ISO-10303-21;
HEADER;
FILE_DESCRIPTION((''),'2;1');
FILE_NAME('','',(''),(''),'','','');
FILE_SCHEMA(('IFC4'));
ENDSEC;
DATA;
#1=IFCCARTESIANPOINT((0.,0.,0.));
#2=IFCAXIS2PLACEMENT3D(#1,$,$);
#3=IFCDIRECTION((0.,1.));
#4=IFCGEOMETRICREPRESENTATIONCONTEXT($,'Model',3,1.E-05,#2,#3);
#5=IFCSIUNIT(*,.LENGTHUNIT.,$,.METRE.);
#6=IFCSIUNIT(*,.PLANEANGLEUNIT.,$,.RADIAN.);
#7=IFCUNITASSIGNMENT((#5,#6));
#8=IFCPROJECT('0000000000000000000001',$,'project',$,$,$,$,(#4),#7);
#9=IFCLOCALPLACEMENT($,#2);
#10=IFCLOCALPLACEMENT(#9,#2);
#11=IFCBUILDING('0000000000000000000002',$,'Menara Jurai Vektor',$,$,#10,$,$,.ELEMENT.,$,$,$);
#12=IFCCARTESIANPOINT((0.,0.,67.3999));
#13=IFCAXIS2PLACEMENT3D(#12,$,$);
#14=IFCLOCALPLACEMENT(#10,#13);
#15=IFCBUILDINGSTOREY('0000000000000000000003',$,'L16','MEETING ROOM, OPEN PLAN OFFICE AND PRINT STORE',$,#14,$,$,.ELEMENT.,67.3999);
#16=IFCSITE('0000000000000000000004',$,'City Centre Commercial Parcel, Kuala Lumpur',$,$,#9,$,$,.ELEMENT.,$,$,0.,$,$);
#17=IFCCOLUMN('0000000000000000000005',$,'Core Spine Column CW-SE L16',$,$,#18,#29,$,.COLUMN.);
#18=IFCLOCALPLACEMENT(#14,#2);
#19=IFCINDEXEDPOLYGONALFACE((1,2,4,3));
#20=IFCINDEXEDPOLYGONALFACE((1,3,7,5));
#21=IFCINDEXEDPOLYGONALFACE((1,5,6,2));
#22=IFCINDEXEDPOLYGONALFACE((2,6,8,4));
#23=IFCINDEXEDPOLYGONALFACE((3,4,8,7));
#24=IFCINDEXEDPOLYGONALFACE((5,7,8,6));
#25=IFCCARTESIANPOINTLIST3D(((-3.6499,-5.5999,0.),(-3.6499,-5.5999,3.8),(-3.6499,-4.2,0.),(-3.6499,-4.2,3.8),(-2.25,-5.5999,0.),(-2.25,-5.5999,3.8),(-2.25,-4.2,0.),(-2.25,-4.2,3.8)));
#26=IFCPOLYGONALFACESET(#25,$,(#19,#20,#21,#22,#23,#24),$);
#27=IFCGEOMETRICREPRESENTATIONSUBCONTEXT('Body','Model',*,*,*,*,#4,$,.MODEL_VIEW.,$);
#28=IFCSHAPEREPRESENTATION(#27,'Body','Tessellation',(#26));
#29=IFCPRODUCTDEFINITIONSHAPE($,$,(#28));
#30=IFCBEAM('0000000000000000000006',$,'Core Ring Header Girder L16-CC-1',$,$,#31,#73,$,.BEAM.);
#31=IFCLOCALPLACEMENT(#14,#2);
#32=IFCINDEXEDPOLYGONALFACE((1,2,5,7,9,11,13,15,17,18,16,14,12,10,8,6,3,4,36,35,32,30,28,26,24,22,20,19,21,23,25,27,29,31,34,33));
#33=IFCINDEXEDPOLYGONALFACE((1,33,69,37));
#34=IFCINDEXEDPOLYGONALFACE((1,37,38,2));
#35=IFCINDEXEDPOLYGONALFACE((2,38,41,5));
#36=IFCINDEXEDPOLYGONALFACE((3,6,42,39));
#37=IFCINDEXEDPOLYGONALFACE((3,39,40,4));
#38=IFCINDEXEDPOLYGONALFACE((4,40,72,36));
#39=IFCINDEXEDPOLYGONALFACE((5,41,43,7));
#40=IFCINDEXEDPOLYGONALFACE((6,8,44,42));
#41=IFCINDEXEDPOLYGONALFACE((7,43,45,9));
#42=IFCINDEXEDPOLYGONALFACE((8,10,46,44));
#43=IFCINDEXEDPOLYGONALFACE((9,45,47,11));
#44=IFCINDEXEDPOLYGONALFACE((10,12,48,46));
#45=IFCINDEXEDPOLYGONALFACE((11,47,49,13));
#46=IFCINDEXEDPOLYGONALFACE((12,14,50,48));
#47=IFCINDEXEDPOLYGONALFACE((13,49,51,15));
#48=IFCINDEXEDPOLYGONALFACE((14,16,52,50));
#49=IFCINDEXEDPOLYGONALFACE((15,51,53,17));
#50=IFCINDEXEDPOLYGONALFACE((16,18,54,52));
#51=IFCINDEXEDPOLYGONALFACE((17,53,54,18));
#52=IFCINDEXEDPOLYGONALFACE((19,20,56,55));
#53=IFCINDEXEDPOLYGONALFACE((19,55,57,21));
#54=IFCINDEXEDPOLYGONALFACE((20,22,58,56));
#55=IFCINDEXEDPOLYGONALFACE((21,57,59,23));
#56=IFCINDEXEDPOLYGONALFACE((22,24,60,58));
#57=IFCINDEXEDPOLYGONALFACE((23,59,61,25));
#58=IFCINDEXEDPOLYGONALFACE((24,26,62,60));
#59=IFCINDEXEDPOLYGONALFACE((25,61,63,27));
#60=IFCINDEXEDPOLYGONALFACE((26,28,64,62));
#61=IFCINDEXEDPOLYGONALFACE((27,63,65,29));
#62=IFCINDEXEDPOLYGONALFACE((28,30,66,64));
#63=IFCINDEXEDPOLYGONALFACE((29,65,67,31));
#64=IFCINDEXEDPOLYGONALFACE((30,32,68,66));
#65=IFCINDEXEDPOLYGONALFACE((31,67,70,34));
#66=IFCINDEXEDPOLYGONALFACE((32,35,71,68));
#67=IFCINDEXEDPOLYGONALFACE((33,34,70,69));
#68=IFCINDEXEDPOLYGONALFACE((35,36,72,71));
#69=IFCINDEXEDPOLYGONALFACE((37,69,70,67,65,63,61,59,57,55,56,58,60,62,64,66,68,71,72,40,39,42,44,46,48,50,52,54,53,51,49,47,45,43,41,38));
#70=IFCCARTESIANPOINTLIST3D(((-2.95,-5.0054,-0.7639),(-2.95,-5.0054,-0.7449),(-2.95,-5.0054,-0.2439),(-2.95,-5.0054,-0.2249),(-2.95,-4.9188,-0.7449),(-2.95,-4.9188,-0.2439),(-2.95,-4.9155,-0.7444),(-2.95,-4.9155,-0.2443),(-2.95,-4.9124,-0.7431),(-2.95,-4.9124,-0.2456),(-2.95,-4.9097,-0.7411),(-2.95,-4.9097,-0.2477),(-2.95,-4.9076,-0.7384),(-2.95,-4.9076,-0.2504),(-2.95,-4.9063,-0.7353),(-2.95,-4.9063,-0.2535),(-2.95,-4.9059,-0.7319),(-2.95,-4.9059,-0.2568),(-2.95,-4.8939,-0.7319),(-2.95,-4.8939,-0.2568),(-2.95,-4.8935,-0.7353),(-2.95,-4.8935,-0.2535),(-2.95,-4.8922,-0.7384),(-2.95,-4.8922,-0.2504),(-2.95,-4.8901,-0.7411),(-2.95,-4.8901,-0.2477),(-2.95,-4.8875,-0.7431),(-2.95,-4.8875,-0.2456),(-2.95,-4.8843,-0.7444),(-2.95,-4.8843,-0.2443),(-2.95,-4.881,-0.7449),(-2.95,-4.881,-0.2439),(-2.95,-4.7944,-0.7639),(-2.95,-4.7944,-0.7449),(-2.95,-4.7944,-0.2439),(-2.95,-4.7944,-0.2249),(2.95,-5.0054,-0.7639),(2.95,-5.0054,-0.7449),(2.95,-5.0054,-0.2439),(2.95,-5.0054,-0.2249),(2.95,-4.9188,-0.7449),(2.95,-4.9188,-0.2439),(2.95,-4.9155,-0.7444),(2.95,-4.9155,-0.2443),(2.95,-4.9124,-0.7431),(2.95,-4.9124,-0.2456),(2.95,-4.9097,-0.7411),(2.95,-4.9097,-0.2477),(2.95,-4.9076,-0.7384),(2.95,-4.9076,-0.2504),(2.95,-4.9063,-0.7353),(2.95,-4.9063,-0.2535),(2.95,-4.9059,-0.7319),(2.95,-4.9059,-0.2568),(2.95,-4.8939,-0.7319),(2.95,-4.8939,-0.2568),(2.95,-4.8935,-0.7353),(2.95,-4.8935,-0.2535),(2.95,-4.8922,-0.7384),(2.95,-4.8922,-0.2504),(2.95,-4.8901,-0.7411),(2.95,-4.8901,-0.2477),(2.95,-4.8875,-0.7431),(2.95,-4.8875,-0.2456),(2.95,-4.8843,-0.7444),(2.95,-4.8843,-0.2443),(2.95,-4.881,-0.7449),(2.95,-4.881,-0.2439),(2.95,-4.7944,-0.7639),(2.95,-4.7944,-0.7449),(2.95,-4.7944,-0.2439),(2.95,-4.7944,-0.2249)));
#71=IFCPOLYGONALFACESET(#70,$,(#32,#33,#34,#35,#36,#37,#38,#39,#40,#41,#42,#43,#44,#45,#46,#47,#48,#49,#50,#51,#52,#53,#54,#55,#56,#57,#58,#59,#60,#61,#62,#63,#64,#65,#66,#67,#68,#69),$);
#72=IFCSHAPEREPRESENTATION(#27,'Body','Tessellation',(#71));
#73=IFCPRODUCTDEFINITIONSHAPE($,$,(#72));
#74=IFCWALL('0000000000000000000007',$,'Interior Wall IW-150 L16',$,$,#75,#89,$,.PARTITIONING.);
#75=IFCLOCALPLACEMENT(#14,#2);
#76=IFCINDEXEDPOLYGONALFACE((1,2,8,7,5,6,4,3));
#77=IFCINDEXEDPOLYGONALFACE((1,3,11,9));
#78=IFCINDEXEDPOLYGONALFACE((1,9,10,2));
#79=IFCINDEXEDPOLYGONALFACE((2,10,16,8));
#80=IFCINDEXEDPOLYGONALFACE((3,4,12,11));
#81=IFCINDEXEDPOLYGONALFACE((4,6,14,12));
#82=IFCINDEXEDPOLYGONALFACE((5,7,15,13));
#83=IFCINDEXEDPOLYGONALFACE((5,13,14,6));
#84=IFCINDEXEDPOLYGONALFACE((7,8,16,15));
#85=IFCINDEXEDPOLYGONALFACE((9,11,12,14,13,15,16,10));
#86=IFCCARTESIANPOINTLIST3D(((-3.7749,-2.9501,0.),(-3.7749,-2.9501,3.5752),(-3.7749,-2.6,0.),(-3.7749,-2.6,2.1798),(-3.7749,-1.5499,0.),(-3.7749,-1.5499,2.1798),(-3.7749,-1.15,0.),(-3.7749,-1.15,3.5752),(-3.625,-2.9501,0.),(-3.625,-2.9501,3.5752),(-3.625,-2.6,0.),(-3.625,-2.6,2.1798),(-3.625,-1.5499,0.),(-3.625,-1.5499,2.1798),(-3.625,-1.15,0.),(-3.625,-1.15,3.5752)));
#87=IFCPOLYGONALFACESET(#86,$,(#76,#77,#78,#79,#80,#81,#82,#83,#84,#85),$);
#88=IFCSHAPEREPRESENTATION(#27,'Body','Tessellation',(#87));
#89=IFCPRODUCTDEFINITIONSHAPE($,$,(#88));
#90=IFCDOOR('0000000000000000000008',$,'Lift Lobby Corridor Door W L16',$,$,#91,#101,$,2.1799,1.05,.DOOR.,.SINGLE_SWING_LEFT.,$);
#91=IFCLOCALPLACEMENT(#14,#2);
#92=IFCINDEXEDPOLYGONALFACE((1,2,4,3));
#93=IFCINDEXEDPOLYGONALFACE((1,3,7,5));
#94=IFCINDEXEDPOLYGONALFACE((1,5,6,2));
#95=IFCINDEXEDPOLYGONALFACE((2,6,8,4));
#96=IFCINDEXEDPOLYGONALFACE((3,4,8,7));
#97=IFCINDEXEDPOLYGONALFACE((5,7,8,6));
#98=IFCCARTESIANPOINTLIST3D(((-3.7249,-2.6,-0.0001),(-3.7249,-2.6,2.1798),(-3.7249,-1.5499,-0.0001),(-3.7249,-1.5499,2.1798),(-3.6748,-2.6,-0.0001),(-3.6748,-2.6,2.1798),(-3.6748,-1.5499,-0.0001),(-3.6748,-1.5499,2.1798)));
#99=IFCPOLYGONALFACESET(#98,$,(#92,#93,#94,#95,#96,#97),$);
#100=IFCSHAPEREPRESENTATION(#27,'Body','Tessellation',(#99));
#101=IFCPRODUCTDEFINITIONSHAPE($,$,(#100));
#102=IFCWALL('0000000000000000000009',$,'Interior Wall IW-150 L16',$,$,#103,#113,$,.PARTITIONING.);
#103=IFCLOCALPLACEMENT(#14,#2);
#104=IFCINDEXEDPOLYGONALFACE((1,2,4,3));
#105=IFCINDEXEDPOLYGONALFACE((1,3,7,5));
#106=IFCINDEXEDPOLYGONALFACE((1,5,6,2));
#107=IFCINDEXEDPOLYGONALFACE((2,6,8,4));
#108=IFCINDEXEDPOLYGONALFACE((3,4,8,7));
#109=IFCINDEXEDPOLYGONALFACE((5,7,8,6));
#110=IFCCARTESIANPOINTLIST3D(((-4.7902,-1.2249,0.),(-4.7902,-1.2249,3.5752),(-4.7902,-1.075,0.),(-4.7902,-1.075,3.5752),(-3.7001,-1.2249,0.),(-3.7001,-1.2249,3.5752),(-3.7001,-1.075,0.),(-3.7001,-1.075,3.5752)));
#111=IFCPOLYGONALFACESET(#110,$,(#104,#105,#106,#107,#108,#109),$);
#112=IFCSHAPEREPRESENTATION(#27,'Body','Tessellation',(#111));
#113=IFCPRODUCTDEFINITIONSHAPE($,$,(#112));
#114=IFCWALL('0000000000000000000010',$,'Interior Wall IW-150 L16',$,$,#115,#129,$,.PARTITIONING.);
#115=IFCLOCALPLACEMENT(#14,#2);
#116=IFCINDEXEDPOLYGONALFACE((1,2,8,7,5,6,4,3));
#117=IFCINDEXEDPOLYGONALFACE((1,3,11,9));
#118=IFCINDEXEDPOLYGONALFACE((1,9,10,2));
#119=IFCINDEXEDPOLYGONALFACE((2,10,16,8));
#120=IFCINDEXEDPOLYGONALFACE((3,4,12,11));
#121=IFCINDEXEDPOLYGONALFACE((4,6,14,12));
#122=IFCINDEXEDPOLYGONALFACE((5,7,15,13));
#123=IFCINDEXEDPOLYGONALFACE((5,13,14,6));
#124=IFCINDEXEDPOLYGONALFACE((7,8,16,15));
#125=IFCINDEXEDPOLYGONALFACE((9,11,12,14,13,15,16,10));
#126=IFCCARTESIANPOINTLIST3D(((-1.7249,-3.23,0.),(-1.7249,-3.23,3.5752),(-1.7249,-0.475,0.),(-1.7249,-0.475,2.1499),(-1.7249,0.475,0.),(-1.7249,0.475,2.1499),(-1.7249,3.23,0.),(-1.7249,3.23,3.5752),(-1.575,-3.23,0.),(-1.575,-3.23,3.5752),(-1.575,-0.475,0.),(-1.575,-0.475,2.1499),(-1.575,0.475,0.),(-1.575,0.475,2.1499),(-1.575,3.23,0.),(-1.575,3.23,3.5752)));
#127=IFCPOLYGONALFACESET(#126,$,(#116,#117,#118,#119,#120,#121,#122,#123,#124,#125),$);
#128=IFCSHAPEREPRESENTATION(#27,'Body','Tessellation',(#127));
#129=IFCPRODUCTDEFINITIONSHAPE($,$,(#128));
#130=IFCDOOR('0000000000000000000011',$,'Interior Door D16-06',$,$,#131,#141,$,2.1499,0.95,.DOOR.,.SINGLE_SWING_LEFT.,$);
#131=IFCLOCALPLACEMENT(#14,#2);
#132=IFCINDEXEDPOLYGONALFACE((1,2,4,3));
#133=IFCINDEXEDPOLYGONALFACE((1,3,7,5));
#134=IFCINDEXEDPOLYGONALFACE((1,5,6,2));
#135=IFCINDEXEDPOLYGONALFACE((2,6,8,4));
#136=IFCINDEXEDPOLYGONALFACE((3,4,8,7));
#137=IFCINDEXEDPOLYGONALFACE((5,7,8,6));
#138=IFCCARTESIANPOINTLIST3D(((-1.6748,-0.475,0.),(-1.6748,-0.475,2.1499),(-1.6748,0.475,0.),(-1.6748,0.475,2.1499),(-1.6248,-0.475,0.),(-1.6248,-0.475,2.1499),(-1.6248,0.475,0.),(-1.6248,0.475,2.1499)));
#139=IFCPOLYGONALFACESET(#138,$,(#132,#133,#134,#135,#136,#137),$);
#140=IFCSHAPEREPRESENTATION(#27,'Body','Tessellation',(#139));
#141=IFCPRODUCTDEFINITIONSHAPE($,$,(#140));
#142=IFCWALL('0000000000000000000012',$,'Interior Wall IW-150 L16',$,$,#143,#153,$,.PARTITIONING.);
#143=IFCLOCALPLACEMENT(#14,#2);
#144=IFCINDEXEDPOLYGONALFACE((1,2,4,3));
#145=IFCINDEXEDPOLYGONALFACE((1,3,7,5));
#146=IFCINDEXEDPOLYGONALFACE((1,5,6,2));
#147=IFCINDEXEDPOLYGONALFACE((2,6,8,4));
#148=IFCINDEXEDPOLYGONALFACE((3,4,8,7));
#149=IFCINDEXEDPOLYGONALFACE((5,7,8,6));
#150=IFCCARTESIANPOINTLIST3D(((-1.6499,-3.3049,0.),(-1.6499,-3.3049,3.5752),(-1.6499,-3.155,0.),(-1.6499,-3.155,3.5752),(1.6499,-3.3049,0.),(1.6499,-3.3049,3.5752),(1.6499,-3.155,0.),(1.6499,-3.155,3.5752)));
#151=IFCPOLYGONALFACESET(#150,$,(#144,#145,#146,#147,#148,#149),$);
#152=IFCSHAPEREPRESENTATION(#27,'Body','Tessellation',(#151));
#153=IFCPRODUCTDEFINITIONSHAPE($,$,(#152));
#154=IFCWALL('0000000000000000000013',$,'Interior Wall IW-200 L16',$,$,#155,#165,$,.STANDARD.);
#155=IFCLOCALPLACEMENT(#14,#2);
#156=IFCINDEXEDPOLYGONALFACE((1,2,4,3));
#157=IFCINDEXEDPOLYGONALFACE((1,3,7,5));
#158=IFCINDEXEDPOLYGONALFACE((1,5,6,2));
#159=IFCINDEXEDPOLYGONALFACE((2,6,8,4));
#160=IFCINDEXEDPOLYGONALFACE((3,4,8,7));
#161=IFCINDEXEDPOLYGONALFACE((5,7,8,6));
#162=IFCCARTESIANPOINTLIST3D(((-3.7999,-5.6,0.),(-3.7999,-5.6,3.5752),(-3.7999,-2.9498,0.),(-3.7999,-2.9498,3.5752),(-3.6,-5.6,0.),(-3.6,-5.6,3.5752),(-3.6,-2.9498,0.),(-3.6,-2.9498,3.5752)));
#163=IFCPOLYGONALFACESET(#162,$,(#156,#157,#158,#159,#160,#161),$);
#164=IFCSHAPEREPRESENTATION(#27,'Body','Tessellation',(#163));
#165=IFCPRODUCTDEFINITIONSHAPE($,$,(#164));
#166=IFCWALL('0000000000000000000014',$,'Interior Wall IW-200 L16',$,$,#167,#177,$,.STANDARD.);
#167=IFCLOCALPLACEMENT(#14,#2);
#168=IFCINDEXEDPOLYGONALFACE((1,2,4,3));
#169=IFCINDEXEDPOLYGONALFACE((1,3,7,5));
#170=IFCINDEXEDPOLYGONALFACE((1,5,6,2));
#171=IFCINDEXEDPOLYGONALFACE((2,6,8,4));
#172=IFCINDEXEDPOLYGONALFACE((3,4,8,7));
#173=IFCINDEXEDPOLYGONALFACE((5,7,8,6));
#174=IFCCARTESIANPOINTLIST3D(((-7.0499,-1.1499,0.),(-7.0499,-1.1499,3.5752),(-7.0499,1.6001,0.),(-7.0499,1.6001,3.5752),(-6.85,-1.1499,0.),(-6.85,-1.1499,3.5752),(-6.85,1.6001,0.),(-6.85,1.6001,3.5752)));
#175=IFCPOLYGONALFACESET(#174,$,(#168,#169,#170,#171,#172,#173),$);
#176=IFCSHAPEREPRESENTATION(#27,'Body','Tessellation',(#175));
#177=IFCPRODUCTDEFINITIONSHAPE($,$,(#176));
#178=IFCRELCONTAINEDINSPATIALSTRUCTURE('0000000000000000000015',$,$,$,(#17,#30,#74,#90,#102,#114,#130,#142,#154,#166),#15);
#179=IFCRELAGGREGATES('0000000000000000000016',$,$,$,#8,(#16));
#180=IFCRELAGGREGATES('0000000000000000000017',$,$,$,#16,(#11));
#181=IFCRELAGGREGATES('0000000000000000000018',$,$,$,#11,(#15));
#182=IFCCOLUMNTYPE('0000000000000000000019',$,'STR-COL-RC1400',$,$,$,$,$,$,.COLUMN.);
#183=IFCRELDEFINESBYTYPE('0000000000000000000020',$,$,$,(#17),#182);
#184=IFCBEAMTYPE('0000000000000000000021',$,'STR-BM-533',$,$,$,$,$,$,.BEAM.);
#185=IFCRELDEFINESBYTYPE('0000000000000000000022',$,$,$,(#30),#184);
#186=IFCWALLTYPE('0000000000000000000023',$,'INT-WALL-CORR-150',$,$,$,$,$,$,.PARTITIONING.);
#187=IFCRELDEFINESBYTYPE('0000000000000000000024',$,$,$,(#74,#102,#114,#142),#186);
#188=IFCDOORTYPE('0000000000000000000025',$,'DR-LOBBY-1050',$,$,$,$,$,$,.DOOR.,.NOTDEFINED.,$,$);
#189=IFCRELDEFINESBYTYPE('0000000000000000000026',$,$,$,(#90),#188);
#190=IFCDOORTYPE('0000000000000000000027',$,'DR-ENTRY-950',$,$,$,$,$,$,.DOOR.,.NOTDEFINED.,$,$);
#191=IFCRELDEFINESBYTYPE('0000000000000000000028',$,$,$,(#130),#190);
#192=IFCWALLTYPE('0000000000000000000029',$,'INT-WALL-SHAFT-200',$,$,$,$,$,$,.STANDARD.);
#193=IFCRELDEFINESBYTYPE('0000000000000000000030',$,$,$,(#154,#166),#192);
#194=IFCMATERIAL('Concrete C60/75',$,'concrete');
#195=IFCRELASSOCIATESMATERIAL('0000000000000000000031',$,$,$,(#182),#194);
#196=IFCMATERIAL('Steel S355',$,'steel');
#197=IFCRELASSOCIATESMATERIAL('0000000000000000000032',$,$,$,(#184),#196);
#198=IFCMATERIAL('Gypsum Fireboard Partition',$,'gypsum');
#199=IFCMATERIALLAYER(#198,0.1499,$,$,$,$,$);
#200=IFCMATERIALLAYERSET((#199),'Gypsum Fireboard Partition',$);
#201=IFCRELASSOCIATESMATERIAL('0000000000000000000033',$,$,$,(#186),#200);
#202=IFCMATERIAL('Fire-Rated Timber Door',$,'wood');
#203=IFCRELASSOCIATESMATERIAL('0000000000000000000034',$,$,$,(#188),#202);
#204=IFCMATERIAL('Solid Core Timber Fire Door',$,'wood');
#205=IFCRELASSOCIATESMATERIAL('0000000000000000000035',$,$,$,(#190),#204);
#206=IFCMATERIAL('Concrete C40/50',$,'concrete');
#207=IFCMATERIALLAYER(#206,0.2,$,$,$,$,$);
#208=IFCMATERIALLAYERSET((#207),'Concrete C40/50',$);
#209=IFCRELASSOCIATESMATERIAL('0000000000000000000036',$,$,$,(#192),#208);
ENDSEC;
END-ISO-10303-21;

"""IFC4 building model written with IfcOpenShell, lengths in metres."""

from ifc_helpers import new_model, si_unit, direction, frame, frame_2d, origin, origin_2d, place, context, subcontext, project, spatial, rectangle, i_section, extrude, material, layer, layer_set, material_profile, profile_set, type_object, element, fill, save


model = new_model("IFC4")

# Units and contexts
model_context = context("Model", 3, precision=1e-05, world=origin(), true_north=direction((0.0, 1.0)))
body_context = subcontext(model_context, "Body", "Model", "MODEL_VIEW")
ifc_project = project(units=[si_unit("LENGTHUNIT", "METRE"), si_unit("PLANEANGLEUNIT", "RADIAN")], contexts=[model_context])

# Site, building, storey
site_placement = place(None, origin())
site = spatial("IfcSite", under=ifc_project, at=site_placement, Name="City Centre Commercial Parcel, Kuala Lumpur", CompositionType="ELEMENT", RefElevation=0.0)
building_placement = place(site_placement, origin())
building = spatial("IfcBuilding", under=site, at=building_placement, Name="Menara Jurai Vektor", CompositionType="ELEMENT")
storey_placement = place(building_placement, frame((0.0, 0.0, 67.3999)))
storey = spatial("IfcBuildingStorey", under=building, at=storey_placement, Name="L16", Description="MEETING ROOM, OPEN PLAN OFFICE AND PRINT STORE", CompositionType="ELEMENT", Elevation=67.3999)

# Column
ifc_material_1 = material(Name="Concrete C60/75", Category="concrete")
ifc_material_profile_1 = material_profile(ifc_material_1, rectangle(XDim=1.3999, YDim=1.3999, at=origin_2d()), Name="RC 1400x1400")
ifc_profile_set_1 = profile_set([ifc_material_profile_1], Name="Concrete C60/75")
column_type = type_object("IfcColumnType", Name="STR-COL-RC1400", PredefinedType="COLUMN", material=ifc_profile_set_1)
column_placement = place(storey_placement, frame((-2.95, -4.8999, 0.0), z_axis=(0.0, 0.0, 1.0), x_axis=(1.0, 0.0, 0.0)))
element("IfcColumn", 1, at=column_placement, inside=storey, type_object=column_type, Name="Core Spine Column CW-SE L16", PredefinedType="COLUMN", context=body_context, shape_type="SweptSolid", body=[
    extrude(rectangle(XDim=1.3999, YDim=1.3999, at=origin_2d()), origin(), (0.0, 0.0, 1.0), 3.8),
])

# Beam
ifc_material_2 = material(Name="Steel S355", Category="steel")
ifc_material_profile_2 = material_profile(ifc_material_2, i_section(OverallWidth=0.2109, OverallDepth=0.5391, WebThickness=0.012, FlangeThickness=0.019, FilletRadius=0.0129, at=origin_2d()), Name="UKB 533x210x109")
ifc_profile_set_2 = profile_set([ifc_material_profile_2], Name="Steel S355")
beam_type = type_object("IfcBeamType", Name="STR-BM-533", PredefinedType="BEAM", material=ifc_profile_set_2)
beam_placement = place(storey_placement, frame((-2.95, -4.8999, -0.4944), z_axis=(1.0, 0.0, 0.0), x_axis=(0.0, 1.0, 0.0)))
element("IfcBeam", 2, at=beam_placement, inside=storey, type_object=beam_type, Name="Core Ring Header Girder L16-CC-1", PredefinedType="BEAM", context=body_context, shape_type="SweptSolid", body=[
    extrude(i_section(OverallWidth=0.2109, OverallDepth=0.5391, WebThickness=0.012, FlangeThickness=0.019, FilletRadius=0.0129, at=origin_2d()), origin(), (0.0, 0.0, 1.0), 5.8999),
])

# Wall, opening, door
ifc_material_3 = material(Name="Gypsum Fireboard Partition", Category="gypsum")
ifc_layer_1 = layer(ifc_material_3, 0.1499)
ifc_layer_set_1 = layer_set([ifc_layer_1], Name="Gypsum Fireboard Partition")
wall_type_1 = type_object("IfcWallType", Name="INT-WALL-CORR-150", PredefinedType="PARTITIONING", material=ifc_layer_set_1)
wall_1_placement = place(storey_placement, frame((-3.7, -2.95, 0.0), z_axis=(0.0, 0.0, 1.0), x_axis=(0.0, 1.0, 0.0)))
wall_1 = element("IfcWall", 3, at=wall_1_placement, inside=storey, type_object=wall_type_1, Name="Interior Wall IW-150 L16", PredefinedType="PARTITIONING", context=body_context, shape_type="SweptSolid", body=[
    extrude(rectangle(XDim=1.8, YDim=0.1499, at=frame_2d((0.8999, 0.0))), origin(), (0.0, 0.0, 1.0), 3.5752),
])
opening_1_placement = place(wall_1_placement, frame((0.3501, 0.0, 0.0)))
opening_1 = element("IfcOpeningElement", 4, at=opening_1_placement, cuts=wall_1, PredefinedType="OPENING", context=body_context, shape_type="SweptSolid", body=[
    extrude(rectangle(XDim=1.05, YDim=2.1799, at=frame_2d((0.5249, 1.0898))), frame((0.0, 0.085, 0.0), z_axis=(0.0, -1.0, 0.0), x_axis=(1.0, 0.0, 0.0)), (0.0, 0.0, 1.0), 0.1699),
])
ifc_material_4 = material(Name="Fire-Rated Timber Door", Category="wood")
door_type_1 = type_object("IfcDoorType", Name="DR-LOBBY-1050", OperationType="NOTDEFINED", PredefinedType="DOOR", material=ifc_material_4)
door_1_placement = place(opening_1_placement, origin())
door_1 = element("IfcDoor", 5, at=door_1_placement, inside=storey, type_object=door_type_1, Name="Lift Lobby Corridor Door W L16", OperationType="SINGLE_SWING_LEFT", OverallHeight=2.1799, OverallWidth=1.05, PredefinedType="DOOR", context=body_context, shape_type="SweptSolid", body=[
    extrude(rectangle(XDim=1.05, YDim=2.1799, at=frame_2d((0.5249, 1.0898))), frame((0.0, 0.0249, 0.0), z_axis=(0.0, -1.0, 0.0), x_axis=(1.0, 0.0, 0.0)), (0.0, 0.0, 1.0), 0.05),
])
fill(opening_1, door_1)

# Wall
wall_2_placement = place(storey_placement, frame((-4.79, -1.1499, 0.0), z_axis=(0.0, 0.0, 1.0), x_axis=(1.0, 0.0, 0.0)))
element("IfcWall", 6, at=wall_2_placement, inside=storey, type_object=wall_type_1, Name="Interior Wall IW-150 L16", PredefinedType="PARTITIONING", context=body_context, shape_type="SweptSolid", body=[
    extrude(rectangle(XDim=1.0901, YDim=0.1499, at=frame_2d((0.5449, 0.0))), origin(), (0.0, 0.0, 1.0), 3.5752),
])

# Wall, opening, door
wall_3_placement = place(storey_placement, frame((-1.6499, -3.23, 0.0), z_axis=(0.0, 0.0, 1.0), x_axis=(0.0, 1.0, 0.0)))
wall_3 = element("IfcWall", 7, at=wall_3_placement, inside=storey, type_object=wall_type_1, Name="Interior Wall IW-150 L16", PredefinedType="PARTITIONING", context=body_context, shape_type="SweptSolid", body=[
    extrude(rectangle(XDim=6.46, YDim=0.1499, at=frame_2d((3.23, 0.0))), origin(), (0.0, 0.0, 1.0), 3.5752),
])
opening_2_placement = place(wall_3_placement, frame((2.7549, 0.0, 0.0)))
opening_2 = element("IfcOpeningElement", 8, at=opening_2_placement, cuts=wall_3, PredefinedType="OPENING", context=body_context, shape_type="SweptSolid", body=[
    extrude(rectangle(XDim=0.95, YDim=2.1499, at=frame_2d((0.4751, 1.075))), frame((0.0, 0.085, 0.0), z_axis=(0.0, -1.0, 0.0), x_axis=(1.0, 0.0, 0.0)), (0.0, 0.0, 1.0), 0.1699),
])
ifc_material_5 = material(Name="Solid Core Timber Fire Door", Category="wood")
door_type_2 = type_object("IfcDoorType", Name="DR-ENTRY-950", OperationType="NOTDEFINED", PredefinedType="DOOR", material=ifc_material_5)
door_2_placement = place(opening_2_placement, origin())
door_2 = element("IfcDoor", 9, at=door_2_placement, inside=storey, type_object=door_type_2, Name="Interior Door D16-06", OperationType="SINGLE_SWING_LEFT", OverallHeight=2.1499, OverallWidth=0.95, PredefinedType="DOOR", context=body_context, shape_type="SweptSolid", body=[
    extrude(rectangle(XDim=0.95, YDim=2.1499, at=frame_2d((0.4751, 1.075))), frame((0.0, 0.0249, 0.0), z_axis=(0.0, -1.0, 0.0), x_axis=(1.0, 0.0, 0.0)), (0.0, 0.0, 1.0), 0.05),
])
fill(opening_2, door_2)

# Wall
wall_4_placement = place(storey_placement, frame((-1.6499, -3.23, 0.0), z_axis=(0.0, 0.0, 1.0), x_axis=(1.0, 0.0, 0.0)))
element("IfcWall", 10, at=wall_4_placement, inside=storey, type_object=wall_type_1, Name="Interior Wall IW-150 L16", PredefinedType="PARTITIONING", context=body_context, shape_type="SweptSolid", body=[
    extrude(rectangle(XDim=3.2998, YDim=0.1499, at=frame_2d((1.6499, 0.0))), origin(), (0.0, 0.0, 1.0), 3.5752),
])

# Shared definitions
ifc_material_6 = material(Name="Concrete C40/50", Category="concrete")
ifc_layer_2 = layer(ifc_material_6, 0.2)
ifc_layer_set_2 = layer_set([ifc_layer_2], Name="Concrete C40/50")
wall_type_2 = type_object("IfcWallType", Name="INT-WALL-SHAFT-200", PredefinedType="STANDARD", material=ifc_layer_set_2)

# Walls
wall_5_placement = place(storey_placement, frame((-3.7, -5.6001, 0.0), z_axis=(0.0, 0.0, 1.0), x_axis=(0.0, 1.0, 0.0)))
element("IfcWall", 11, at=wall_5_placement, inside=storey, type_object=wall_type_2, Name="Interior Wall IW-200 L16", PredefinedType="STANDARD", context=body_context, shape_type="SweptSolid", body=[
    extrude(rectangle(XDim=2.6501, YDim=0.2, at=frame_2d((1.3252, 0.0))), origin(), (0.0, 0.0, 1.0), 3.5752),
])
for number, where, z_axis, x_axis, name in (
    (12, (-6.95, -1.1499, 0.0), (0.0, 0.0, 1.0), (0.0, 1.0, 0.0), "Interior Wall IW-200 L16"),
):
    element("IfcWall", number, at=place(storey_placement, frame(where, z_axis=z_axis, x_axis=x_axis)), inside=storey, type_object=wall_type_2, Name=name, PredefinedType="STANDARD", context=body_context, shape_type="SweptSolid", body=[
        extrude(rectangle(XDim=2.75, YDim=0.2, at=frame_2d((1.375, 0.0))), origin(), (0.0, 0.0, 1.0), 3.5752),
    ])

save(model, "model.ifc")
